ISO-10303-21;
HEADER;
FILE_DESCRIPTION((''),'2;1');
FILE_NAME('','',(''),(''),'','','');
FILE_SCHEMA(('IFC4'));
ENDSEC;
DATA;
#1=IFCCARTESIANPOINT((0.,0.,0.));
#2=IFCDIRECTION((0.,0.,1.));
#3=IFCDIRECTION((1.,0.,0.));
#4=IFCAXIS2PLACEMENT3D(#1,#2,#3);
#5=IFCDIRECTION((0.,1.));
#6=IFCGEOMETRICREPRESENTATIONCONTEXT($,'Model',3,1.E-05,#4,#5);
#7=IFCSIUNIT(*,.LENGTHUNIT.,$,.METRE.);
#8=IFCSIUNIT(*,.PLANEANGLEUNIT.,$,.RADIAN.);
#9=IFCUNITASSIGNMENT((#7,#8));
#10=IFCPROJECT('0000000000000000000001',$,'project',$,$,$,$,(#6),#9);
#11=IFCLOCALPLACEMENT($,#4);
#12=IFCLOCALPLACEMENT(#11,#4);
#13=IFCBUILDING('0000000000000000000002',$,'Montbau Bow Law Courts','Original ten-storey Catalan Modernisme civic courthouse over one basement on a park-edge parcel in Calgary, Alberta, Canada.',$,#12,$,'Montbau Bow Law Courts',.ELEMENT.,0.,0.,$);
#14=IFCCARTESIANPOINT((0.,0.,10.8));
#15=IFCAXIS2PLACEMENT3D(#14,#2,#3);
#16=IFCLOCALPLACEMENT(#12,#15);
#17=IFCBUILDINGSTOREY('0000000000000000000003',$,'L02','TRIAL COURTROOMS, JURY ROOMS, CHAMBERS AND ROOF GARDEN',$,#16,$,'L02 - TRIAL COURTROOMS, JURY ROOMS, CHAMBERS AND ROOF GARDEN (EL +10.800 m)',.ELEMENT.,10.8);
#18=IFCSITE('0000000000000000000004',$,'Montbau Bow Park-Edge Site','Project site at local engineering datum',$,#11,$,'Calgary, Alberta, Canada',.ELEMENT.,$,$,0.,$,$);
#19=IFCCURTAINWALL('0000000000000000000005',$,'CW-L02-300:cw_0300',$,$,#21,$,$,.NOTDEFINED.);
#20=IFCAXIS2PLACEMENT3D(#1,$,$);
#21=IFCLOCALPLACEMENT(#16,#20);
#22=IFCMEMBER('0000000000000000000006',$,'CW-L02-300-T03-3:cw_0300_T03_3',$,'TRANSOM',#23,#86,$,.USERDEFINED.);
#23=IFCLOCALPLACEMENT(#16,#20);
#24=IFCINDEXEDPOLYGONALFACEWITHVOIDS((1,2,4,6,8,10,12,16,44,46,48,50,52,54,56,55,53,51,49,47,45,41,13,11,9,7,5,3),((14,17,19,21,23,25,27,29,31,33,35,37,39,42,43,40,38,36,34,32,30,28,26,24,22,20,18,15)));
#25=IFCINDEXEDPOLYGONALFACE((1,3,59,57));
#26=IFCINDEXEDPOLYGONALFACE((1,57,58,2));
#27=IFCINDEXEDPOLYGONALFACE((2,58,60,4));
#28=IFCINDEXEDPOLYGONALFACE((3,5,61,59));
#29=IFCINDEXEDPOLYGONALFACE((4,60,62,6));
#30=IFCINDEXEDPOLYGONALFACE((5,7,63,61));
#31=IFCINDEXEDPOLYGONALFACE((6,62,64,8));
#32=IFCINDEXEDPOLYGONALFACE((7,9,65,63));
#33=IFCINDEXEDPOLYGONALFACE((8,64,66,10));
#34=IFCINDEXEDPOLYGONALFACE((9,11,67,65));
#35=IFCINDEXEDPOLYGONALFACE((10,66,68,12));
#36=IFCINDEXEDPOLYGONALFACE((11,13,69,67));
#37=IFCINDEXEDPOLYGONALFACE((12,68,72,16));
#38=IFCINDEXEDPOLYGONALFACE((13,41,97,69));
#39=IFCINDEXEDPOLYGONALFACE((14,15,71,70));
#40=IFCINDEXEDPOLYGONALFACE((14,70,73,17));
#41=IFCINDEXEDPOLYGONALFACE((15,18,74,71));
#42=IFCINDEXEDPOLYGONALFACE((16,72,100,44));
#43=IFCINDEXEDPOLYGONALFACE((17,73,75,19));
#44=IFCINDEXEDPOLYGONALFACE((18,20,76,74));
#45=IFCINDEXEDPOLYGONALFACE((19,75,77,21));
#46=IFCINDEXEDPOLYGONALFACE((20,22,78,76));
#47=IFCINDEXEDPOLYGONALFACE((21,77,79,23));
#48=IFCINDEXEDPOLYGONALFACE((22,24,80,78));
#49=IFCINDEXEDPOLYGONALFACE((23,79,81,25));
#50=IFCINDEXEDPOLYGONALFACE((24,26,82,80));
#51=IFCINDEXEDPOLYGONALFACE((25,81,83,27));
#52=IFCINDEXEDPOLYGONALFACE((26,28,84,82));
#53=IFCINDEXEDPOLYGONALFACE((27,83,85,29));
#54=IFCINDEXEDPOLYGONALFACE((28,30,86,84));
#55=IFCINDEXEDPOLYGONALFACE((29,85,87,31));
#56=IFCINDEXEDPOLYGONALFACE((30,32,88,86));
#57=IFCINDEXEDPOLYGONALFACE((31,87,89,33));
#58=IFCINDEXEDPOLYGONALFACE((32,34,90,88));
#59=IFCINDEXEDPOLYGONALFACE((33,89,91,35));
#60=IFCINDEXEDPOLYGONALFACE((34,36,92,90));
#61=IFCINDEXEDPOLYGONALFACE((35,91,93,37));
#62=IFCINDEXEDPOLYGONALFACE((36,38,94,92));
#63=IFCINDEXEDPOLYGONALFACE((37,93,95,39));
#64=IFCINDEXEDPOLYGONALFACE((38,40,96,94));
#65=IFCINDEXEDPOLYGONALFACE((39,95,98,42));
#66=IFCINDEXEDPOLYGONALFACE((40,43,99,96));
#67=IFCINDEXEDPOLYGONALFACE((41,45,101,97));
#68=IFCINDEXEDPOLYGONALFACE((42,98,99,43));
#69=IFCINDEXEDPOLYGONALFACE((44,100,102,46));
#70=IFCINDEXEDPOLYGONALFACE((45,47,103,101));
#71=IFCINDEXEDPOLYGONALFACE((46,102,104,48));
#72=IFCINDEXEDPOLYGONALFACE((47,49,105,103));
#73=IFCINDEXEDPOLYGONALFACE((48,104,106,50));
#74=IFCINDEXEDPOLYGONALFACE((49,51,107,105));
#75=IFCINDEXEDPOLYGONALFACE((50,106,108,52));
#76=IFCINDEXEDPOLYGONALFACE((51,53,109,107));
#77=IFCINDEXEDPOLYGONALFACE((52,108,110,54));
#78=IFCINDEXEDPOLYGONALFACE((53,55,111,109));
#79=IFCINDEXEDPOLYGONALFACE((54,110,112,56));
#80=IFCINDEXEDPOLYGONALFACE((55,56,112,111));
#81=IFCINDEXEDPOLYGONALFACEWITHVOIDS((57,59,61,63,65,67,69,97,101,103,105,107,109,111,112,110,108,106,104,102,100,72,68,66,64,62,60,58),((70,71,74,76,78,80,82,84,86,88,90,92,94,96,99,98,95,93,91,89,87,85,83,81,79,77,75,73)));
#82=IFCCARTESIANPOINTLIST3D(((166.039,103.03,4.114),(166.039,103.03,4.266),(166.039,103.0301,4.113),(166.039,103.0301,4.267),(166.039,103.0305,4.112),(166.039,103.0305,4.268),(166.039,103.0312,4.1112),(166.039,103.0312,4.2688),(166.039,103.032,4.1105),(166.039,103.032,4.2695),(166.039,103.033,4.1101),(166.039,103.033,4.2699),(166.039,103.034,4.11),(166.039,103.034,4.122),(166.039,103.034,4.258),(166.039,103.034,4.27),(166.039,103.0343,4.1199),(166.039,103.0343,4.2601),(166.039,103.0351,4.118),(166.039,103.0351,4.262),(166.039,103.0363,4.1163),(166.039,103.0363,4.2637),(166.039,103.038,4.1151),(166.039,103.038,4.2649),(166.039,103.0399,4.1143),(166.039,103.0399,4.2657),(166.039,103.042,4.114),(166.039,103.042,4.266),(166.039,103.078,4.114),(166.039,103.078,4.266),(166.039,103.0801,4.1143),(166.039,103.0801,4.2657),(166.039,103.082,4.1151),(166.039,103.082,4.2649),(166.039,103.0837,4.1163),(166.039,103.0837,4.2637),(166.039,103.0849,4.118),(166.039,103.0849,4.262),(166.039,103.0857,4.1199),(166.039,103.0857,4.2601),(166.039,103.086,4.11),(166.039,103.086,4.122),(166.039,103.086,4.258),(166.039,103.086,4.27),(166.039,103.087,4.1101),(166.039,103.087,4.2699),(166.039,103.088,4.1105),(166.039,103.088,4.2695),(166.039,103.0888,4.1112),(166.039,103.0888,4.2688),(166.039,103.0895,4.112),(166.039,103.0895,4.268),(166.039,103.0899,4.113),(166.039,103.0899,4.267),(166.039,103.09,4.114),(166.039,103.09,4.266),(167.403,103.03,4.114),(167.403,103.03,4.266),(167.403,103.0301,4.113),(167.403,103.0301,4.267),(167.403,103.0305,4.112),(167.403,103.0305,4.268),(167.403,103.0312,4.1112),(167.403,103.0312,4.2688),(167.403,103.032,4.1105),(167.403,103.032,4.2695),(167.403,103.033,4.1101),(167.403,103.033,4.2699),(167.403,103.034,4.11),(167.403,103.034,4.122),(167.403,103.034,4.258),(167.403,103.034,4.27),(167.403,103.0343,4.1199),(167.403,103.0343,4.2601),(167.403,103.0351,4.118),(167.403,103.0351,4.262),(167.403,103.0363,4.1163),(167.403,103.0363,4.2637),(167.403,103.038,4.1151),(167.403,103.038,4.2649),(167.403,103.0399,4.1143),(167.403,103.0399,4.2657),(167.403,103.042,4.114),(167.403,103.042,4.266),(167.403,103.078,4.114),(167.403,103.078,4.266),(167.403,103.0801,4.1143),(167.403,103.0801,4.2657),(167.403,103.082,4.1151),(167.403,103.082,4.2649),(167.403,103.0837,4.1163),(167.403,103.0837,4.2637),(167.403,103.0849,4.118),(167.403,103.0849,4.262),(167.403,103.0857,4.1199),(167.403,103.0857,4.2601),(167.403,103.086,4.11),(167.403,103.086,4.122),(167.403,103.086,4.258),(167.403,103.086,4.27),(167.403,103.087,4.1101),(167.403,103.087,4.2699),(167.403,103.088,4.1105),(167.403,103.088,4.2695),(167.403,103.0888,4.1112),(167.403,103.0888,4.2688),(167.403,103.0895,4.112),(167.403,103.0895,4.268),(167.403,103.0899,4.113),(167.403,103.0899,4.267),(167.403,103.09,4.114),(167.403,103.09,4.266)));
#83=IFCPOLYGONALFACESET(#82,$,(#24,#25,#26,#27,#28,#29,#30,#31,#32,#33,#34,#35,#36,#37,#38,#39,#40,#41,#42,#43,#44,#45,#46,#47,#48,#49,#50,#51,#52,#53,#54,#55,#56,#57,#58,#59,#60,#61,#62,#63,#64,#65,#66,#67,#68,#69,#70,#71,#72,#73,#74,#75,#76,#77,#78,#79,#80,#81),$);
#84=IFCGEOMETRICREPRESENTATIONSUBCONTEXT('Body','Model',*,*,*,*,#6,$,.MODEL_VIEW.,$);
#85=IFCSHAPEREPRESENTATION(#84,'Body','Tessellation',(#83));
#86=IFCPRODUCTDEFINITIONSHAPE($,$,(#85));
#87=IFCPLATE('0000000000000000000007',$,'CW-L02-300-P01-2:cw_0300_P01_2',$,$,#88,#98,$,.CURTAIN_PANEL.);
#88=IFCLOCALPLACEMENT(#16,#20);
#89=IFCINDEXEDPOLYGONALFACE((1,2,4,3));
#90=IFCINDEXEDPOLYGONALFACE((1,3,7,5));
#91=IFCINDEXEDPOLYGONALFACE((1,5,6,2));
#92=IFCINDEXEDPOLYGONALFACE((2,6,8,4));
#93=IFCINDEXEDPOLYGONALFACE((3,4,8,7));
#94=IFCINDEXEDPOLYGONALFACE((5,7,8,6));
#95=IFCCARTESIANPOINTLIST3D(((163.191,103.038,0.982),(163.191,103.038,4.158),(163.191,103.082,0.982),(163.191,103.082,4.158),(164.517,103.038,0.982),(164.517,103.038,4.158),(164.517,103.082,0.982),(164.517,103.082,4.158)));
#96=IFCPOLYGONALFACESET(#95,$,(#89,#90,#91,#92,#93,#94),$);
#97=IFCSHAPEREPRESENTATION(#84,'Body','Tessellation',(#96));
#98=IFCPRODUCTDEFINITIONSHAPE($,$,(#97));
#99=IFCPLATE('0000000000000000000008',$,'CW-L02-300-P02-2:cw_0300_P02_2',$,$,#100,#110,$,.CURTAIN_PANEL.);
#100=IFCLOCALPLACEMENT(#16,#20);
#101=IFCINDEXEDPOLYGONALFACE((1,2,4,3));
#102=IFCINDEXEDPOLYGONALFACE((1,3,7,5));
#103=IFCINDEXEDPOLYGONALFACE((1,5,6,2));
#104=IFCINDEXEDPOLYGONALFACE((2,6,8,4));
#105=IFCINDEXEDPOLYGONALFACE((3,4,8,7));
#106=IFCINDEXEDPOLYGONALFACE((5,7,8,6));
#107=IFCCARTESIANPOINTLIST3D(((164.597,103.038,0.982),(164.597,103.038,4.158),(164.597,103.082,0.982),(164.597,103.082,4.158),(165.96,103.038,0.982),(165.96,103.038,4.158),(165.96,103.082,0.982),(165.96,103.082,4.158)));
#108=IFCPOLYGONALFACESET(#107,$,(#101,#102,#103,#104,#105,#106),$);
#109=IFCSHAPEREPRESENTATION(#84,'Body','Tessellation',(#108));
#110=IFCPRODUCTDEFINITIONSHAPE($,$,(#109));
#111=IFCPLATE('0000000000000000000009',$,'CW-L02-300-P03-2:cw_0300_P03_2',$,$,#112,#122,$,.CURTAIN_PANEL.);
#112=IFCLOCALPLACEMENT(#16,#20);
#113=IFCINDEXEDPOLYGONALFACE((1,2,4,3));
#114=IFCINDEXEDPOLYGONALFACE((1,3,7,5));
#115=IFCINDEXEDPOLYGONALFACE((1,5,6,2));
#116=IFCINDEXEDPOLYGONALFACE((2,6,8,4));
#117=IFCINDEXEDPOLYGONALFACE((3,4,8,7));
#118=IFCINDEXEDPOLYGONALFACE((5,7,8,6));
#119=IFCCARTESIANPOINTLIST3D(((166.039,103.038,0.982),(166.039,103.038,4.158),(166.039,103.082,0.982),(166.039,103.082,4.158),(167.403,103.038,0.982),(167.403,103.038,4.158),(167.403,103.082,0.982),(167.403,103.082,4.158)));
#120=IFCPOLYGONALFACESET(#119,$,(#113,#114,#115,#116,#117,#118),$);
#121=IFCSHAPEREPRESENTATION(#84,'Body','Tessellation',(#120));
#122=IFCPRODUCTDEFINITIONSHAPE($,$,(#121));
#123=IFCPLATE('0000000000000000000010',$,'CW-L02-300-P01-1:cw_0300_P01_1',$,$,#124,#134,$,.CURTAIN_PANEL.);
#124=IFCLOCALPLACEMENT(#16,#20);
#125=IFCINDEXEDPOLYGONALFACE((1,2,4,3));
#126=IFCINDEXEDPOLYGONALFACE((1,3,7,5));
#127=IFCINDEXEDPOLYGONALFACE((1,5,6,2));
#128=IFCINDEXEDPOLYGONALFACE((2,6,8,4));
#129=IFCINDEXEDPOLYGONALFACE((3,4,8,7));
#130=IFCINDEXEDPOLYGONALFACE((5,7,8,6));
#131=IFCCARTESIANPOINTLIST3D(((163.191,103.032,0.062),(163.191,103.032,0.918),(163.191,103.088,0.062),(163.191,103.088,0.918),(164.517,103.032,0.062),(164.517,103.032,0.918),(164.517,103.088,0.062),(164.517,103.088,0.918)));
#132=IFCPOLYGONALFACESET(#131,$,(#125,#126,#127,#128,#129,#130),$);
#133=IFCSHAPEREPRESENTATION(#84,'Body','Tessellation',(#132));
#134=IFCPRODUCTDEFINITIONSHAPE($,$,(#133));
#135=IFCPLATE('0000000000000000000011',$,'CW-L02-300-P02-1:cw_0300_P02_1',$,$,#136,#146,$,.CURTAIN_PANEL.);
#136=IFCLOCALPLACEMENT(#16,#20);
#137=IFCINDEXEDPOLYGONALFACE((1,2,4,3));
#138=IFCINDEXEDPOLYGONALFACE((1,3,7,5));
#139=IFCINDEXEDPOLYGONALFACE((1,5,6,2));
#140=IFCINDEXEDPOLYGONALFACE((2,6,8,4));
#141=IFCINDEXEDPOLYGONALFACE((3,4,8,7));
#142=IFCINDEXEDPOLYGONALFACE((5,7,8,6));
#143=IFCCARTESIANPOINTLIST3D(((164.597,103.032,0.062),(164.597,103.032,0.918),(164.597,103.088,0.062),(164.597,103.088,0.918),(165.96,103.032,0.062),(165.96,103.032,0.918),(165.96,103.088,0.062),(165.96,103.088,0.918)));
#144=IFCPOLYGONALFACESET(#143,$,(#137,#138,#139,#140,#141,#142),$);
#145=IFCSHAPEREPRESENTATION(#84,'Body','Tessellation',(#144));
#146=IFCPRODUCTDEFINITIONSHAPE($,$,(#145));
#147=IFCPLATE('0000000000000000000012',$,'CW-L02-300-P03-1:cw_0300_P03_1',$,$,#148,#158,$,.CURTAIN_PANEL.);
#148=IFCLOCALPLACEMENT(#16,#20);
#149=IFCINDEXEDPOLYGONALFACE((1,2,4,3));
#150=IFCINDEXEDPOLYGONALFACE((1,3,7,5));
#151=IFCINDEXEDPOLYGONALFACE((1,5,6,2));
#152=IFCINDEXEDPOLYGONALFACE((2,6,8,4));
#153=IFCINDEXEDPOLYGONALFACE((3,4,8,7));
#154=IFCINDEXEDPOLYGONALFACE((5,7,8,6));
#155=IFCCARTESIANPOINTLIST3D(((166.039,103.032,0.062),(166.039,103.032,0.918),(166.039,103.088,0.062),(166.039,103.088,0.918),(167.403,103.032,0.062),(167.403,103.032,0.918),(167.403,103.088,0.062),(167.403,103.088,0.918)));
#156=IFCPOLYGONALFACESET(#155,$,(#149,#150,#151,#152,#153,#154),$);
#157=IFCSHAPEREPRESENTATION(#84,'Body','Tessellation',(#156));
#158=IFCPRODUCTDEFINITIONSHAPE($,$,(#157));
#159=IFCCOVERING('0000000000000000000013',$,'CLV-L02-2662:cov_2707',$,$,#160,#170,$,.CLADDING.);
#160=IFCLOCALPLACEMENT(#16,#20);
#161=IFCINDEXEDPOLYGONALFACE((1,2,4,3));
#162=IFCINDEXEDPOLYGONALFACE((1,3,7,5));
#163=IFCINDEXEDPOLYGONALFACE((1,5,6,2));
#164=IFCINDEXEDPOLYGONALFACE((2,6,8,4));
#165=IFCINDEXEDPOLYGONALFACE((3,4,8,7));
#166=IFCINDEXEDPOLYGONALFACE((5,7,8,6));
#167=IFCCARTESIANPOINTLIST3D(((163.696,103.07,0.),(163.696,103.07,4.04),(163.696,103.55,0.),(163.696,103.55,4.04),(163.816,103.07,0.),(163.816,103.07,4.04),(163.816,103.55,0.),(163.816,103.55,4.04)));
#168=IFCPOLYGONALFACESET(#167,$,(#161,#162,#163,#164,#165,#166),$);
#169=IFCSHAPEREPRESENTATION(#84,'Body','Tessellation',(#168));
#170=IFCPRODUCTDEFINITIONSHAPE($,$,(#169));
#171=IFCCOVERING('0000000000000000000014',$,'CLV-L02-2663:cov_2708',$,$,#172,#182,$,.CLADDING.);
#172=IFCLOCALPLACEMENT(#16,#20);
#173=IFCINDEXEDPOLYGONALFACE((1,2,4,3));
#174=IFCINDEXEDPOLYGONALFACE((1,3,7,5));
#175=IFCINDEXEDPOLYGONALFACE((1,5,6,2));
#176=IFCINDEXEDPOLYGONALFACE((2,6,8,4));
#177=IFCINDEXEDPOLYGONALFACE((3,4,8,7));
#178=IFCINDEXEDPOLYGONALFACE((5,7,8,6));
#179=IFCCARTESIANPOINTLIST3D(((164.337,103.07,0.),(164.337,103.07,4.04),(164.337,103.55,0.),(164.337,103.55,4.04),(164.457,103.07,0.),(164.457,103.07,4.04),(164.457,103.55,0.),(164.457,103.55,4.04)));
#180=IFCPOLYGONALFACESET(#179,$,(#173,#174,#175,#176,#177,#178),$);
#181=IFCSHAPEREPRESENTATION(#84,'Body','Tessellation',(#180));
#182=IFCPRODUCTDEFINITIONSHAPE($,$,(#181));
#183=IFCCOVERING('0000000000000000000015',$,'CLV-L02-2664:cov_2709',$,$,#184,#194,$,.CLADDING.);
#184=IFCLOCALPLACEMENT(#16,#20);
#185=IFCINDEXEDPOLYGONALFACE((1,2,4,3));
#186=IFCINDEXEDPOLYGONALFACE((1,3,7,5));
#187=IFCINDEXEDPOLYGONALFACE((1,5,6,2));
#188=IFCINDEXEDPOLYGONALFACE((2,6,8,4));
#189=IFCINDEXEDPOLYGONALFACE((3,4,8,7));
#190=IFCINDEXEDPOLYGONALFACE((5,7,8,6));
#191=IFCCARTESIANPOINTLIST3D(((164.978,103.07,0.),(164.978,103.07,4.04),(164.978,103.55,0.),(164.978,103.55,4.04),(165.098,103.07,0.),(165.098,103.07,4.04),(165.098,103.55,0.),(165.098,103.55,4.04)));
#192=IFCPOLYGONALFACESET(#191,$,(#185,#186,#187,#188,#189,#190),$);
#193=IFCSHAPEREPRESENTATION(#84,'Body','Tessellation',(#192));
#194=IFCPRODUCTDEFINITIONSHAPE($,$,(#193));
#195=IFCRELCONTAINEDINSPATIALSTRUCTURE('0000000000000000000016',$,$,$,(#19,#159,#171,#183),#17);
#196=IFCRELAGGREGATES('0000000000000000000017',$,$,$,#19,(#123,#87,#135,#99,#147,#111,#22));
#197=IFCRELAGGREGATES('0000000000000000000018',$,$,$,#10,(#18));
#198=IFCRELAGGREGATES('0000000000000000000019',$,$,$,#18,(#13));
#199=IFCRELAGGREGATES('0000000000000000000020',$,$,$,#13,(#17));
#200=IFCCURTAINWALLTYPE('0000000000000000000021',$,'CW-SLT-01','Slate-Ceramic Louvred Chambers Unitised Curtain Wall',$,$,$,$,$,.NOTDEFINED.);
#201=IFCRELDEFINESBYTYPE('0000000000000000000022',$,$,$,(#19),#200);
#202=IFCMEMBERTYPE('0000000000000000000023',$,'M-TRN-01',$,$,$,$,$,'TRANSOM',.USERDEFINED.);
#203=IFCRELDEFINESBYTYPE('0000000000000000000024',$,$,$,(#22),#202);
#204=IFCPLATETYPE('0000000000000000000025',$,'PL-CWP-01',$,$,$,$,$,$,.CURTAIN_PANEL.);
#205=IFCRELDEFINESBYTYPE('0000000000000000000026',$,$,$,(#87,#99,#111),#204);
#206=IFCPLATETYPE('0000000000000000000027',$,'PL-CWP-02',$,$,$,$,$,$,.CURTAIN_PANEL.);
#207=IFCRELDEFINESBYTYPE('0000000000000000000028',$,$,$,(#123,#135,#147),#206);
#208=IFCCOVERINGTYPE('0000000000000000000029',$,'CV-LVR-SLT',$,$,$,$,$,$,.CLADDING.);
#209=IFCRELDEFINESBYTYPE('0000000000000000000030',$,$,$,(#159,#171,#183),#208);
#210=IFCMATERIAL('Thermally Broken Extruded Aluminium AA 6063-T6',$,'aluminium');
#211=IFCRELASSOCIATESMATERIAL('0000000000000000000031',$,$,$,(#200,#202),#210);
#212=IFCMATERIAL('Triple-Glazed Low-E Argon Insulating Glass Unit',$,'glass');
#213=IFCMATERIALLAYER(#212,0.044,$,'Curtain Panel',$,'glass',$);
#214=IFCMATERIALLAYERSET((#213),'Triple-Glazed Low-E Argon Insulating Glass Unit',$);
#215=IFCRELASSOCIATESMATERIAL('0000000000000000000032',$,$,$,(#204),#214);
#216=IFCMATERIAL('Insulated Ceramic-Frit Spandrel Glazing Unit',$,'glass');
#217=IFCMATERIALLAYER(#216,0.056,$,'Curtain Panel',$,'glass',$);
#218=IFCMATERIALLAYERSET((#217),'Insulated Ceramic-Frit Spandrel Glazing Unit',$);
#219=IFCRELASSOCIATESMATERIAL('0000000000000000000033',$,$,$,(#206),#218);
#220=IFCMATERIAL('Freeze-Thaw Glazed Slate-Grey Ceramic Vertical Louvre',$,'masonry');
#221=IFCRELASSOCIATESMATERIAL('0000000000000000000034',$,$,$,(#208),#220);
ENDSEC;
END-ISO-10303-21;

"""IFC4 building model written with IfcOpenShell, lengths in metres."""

from ifc_helpers import new_model, si_unit, direction, frame, frame_2d, origin_with_axes, origin_2d_with_axis, place, context, subcontext, project, spatial, rectangle, hollow_rectangle, extrude, material, layer, layer_set, material_profile, profile_set, type_object, element, aggregate, save


model = new_model("IFC4")

# Units and contexts
model_context = context("Model", 3, precision=1e-05, world=origin_with_axes(), true_north=direction((0.0, 1.0)))
body_context = subcontext(model_context, "Body", "Model", "MODEL_VIEW")
ifc_project = project(units=[si_unit("LENGTHUNIT", "METRE"), si_unit("PLANEANGLEUNIT", "RADIAN")], contexts=[model_context])

# Site, building, storey
site_placement = place(None, origin_with_axes())
site = spatial("IfcSite", under=ifc_project, at=site_placement, Name="Montbau Bow Park-Edge Site", Description="Project site at local engineering datum", LongName="Calgary, Alberta, Canada", CompositionType="ELEMENT", RefElevation=0.0)
building_placement = place(site_placement, origin_with_axes())
building = spatial("IfcBuilding", under=site, at=building_placement, Name="Montbau Bow Law Courts", Description="Original ten-storey Catalan Modernisme civic courthouse over one basement on a park-edge parcel in Calgary, Alberta, Canada.", LongName="Montbau Bow Law Courts", CompositionType="ELEMENT", ElevationOfRefHeight=0.0, ElevationOfTerrain=0.0)
storey_placement = place(building_placement, frame((0.0, 0.0, 10.8), z_axis=(0.0, 0.0, 1.0), x_axis=(1.0, 0.0, 0.0)))
storey = spatial("IfcBuildingStorey", under=building, at=storey_placement, Name="L02", Description="TRIAL COURTROOMS, JURY ROOMS, CHAMBERS AND ROOF GARDEN", LongName="L02 - TRIAL COURTROOMS, JURY ROOMS, CHAMBERS AND ROOF GARDEN (EL +10.800 m)", CompositionType="ELEMENT", Elevation=10.8)

# Curtain wall, member, plates
ifc_material_1 = material(Name="Thermally Broken Extruded Aluminium AA 6063-T6", Category="aluminium")
curtain_wall_type = type_object("IfcCurtainWallType", Name="CW-SLT-01", Description="Slate-Ceramic Louvred Chambers Unitised Curtain Wall", PredefinedType="NOTDEFINED", material=ifc_material_1)
curtain_wall_placement = place(None, frame((163.115, 103.06, 10.8), z_axis=(0.0, 0.0, 1.0), x_axis=(1.0, 0.0, 0.0)))
curtain_wall = element("IfcCurtainWall", 1, at=curtain_wall_placement, inside=storey, type_object=curtain_wall_type, Name="CW-L02-300:cw_0300", PredefinedType="NOTDEFINED")
ifc_material_profile_1 = material_profile(ifc_material_1, hollow_rectangle(XDim=0.06, YDim=0.16, WallThickness=0.004, InnerFilletRadius=0.008, OuterFilletRadius=0.004, at=origin_2d_with_axis()), Name="CWT-160X60", Category="Main", Priority=0)
ifc_profile_set_1 = profile_set([ifc_material_profile_1], Name="Thermally Broken Extruded Aluminium AA 6063-T6")
member_type_1 = type_object("IfcMemberType", Name="M-TRN-01", ElementType="TRANSOM", PredefinedType="USERDEFINED", material=ifc_profile_set_1)
member_1_placement = place(None, frame((166.039, 103.06, 14.99), z_axis=(1.0, 0.0, 0.0), x_axis=(0.0, 1.0, 0.0)))
member_1 = element("IfcMember", 2, at=member_1_placement, type_object=member_type_1, Name="CW-L02-300-T03-3:cw_0300_T03_3", ObjectType="TRANSOM", PredefinedType="USERDEFINED", context=body_context, shape_type="SweptSolid", body=[
    extrude(hollow_rectangle(XDim=0.06, YDim=0.16, WallThickness=0.004, InnerFilletRadius=0.008, OuterFilletRadius=0.004, at=origin_2d_with_axis()), origin_with_axes(), (0.0, 0.0, 1.0), 1.364),
])
ifc_material_2 = material(Name="Triple-Glazed Low-E Argon Insulating Glass Unit", Category="glass")
ifc_layer_1 = layer(ifc_material_2, 0.044, Name="Curtain Panel", Category="glass")
ifc_layer_set_1 = layer_set([ifc_layer_1], Name="Triple-Glazed Low-E Argon Insulating Glass Unit")
plate_type_1 = type_object("IfcPlateType", Name="PL-CWP-01", PredefinedType="CURTAIN_PANEL", material=ifc_layer_set_1)
plate_1_placement = place(None, frame((163.191, 103.06, 11.782), z_axis=(0.0, -1.0, 0.0), x_axis=(1.0, 0.0, 0.0)))
plate_1 = element("IfcPlate", 3, at=plate_1_placement, type_object=plate_type_1, Name="CW-L02-300-P01-2:cw_0300_P01_2", PredefinedType="CURTAIN_PANEL", context=body_context, shape_type="SweptSolid", body=[
    extrude(rectangle(XDim=1.326, YDim=3.176, at=frame_2d((0.663, 1.588), x_axis=(1.0, 0.0))), frame((0.0, 0.0, -0.022), z_axis=(0.0, 0.0, 1.0), x_axis=(1.0, 0.0, 0.0)), (0.0, 0.0, 1.0), 0.044),
])
plate_2_placement = place(None, frame((164.597, 103.06, 11.782), z_axis=(0.0, -1.0, 0.0), x_axis=(1.0, 0.0, 0.0)))
plate_2 = element("IfcPlate", 4, at=plate_2_placement, type_object=plate_type_1, Name="CW-L02-300-P02-2:cw_0300_P02_2", PredefinedType="CURTAIN_PANEL", context=body_context, shape_type="SweptSolid", body=[
    extrude(rectangle(XDim=1.363, YDim=3.176, at=frame_2d((0.6815, 1.588), x_axis=(1.0, 0.0))), frame((0.0, 0.0, -0.022), z_axis=(0.0, 0.0, 1.0), x_axis=(1.0, 0.0, 0.0)), (0.0, 0.0, 1.0), 0.044),
])
plate_3_placement = place(None, frame((166.039, 103.06, 11.782), z_axis=(0.0, -1.0, 0.0), x_axis=(1.0, 0.0, 0.0)))
plate_3 = element("IfcPlate", 5, at=plate_3_placement, type_object=plate_type_1, Name="CW-L02-300-P03-2:cw_0300_P03_2", PredefinedType="CURTAIN_PANEL", context=body_context, shape_type="SweptSolid", body=[
    extrude(rectangle(XDim=1.364, YDim=3.176, at=frame_2d((0.682, 1.588), x_axis=(1.0, 0.0))), frame((0.0, 0.0, -0.022), z_axis=(0.0, 0.0, 1.0), x_axis=(1.0, 0.0, 0.0)), (0.0, 0.0, 1.0), 0.044),
])
ifc_material_3 = material(Name="Insulated Ceramic-Frit Spandrel Glazing Unit", Category="glass")
ifc_layer_2 = layer(ifc_material_3, 0.056, Name="Curtain Panel", Category="glass")
ifc_layer_set_2 = layer_set([ifc_layer_2], Name="Insulated Ceramic-Frit Spandrel Glazing Unit")
plate_type_2 = type_object("IfcPlateType", Name="PL-CWP-02", PredefinedType="CURTAIN_PANEL", material=ifc_layer_set_2)
plate_4_placement = place(None, frame((163.191, 103.06, 10.862), z_axis=(0.0, -1.0, 0.0), x_axis=(1.0, 0.0, 0.0)))
plate_4 = element("IfcPlate", 6, at=plate_4_placement, type_object=plate_type_2, Name="CW-L02-300-P01-1:cw_0300_P01_1", PredefinedType="CURTAIN_PANEL", context=body_context, shape_type="SweptSolid", body=[
    extrude(rectangle(XDim=1.326, YDim=0.856, at=frame_2d((0.663, 0.428), x_axis=(1.0, 0.0))), frame((0.0, 0.0, -0.028), z_axis=(0.0, 0.0, 1.0), x_axis=(1.0, 0.0, 0.0)), (0.0, 0.0, 1.0), 0.056),
])
plate_5_placement = place(None, frame((164.597, 103.06, 10.862), z_axis=(0.0, -1.0, 0.0), x_axis=(1.0, 0.0, 0.0)))
plate_5 = element("IfcPlate", 7, at=plate_5_placement, type_object=plate_type_2, Name="CW-L02-300-P02-1:cw_0300_P02_1", PredefinedType="CURTAIN_PANEL", context=body_context, shape_type="SweptSolid", body=[
    extrude(rectangle(XDim=1.363, YDim=0.856, at=frame_2d((0.6815, 0.428), x_axis=(1.0, 0.0))), frame((0.0, 0.0, -0.028), z_axis=(0.0, 0.0, 1.0), x_axis=(1.0, 0.0, 0.0)), (0.0, 0.0, 1.0), 0.056),
])
plate_6_placement = place(None, frame((166.039, 103.06, 10.862), z_axis=(0.0, -1.0, 0.0), x_axis=(1.0, 0.0, 0.0)))
plate_6 = element("IfcPlate", 8, at=plate_6_placement, type_object=plate_type_2, Name="CW-L02-300-P03-1:cw_0300_P03_1", PredefinedType="CURTAIN_PANEL", context=body_context, shape_type="SweptSolid", body=[
    extrude(rectangle(XDim=1.364, YDim=0.856, at=frame_2d((0.682, 0.428), x_axis=(1.0, 0.0))), frame((0.0, 0.0, -0.028), z_axis=(0.0, 0.0, 1.0), x_axis=(1.0, 0.0, 0.0)), (0.0, 0.0, 1.0), 0.056),
])
aggregate(curtain_wall, [plate_4, plate_1, plate_5, plate_2, plate_6, plate_3, member_1])

# Coverings
ifc_material_4 = material(Name="Freeze-Thaw Glazed Slate-Grey Ceramic Vertical Louvre", Category="masonry")
covering_type = type_object("IfcCoveringType", Name="CV-LVR-SLT", PredefinedType="CLADDING", material=ifc_material_4)
for number, where, z_axis, x_axis, name in (
    (9, (163.756, 103.07, 10.8), (1.0, 0.0, 0.0), (0.0, 1.0, 0.0), "CLV-L02-2662:cov_2707"),
    (10, (164.397, 103.07, 10.8), (1.0, 0.0, 0.0), (0.0, 1.0, 0.0), "CLV-L02-2663:cov_2708"),
    (11, (165.038, 103.07, 10.8), (1.0, 0.0, 0.0), (0.0, 1.0, 0.0), "CLV-L02-2664:cov_2709"),
):
    element("IfcCovering", number, at=place(None, frame(where, z_axis=z_axis, x_axis=x_axis)), inside=storey, type_object=covering_type, Name=name, PredefinedType="CLADDING", context=body_context, shape_type="SweptSolid", body=[
        extrude(rectangle(XDim=0.48, YDim=4.04, at=frame_2d((0.24, 2.02), x_axis=(1.0, 0.0))), frame((0.0, 0.0, -0.06), z_axis=(0.0, 0.0, 1.0), x_axis=(1.0, 0.0, 0.0)), (0.0, 0.0, 1.0), 0.12),
    ])

save(model, "model.ifc")
